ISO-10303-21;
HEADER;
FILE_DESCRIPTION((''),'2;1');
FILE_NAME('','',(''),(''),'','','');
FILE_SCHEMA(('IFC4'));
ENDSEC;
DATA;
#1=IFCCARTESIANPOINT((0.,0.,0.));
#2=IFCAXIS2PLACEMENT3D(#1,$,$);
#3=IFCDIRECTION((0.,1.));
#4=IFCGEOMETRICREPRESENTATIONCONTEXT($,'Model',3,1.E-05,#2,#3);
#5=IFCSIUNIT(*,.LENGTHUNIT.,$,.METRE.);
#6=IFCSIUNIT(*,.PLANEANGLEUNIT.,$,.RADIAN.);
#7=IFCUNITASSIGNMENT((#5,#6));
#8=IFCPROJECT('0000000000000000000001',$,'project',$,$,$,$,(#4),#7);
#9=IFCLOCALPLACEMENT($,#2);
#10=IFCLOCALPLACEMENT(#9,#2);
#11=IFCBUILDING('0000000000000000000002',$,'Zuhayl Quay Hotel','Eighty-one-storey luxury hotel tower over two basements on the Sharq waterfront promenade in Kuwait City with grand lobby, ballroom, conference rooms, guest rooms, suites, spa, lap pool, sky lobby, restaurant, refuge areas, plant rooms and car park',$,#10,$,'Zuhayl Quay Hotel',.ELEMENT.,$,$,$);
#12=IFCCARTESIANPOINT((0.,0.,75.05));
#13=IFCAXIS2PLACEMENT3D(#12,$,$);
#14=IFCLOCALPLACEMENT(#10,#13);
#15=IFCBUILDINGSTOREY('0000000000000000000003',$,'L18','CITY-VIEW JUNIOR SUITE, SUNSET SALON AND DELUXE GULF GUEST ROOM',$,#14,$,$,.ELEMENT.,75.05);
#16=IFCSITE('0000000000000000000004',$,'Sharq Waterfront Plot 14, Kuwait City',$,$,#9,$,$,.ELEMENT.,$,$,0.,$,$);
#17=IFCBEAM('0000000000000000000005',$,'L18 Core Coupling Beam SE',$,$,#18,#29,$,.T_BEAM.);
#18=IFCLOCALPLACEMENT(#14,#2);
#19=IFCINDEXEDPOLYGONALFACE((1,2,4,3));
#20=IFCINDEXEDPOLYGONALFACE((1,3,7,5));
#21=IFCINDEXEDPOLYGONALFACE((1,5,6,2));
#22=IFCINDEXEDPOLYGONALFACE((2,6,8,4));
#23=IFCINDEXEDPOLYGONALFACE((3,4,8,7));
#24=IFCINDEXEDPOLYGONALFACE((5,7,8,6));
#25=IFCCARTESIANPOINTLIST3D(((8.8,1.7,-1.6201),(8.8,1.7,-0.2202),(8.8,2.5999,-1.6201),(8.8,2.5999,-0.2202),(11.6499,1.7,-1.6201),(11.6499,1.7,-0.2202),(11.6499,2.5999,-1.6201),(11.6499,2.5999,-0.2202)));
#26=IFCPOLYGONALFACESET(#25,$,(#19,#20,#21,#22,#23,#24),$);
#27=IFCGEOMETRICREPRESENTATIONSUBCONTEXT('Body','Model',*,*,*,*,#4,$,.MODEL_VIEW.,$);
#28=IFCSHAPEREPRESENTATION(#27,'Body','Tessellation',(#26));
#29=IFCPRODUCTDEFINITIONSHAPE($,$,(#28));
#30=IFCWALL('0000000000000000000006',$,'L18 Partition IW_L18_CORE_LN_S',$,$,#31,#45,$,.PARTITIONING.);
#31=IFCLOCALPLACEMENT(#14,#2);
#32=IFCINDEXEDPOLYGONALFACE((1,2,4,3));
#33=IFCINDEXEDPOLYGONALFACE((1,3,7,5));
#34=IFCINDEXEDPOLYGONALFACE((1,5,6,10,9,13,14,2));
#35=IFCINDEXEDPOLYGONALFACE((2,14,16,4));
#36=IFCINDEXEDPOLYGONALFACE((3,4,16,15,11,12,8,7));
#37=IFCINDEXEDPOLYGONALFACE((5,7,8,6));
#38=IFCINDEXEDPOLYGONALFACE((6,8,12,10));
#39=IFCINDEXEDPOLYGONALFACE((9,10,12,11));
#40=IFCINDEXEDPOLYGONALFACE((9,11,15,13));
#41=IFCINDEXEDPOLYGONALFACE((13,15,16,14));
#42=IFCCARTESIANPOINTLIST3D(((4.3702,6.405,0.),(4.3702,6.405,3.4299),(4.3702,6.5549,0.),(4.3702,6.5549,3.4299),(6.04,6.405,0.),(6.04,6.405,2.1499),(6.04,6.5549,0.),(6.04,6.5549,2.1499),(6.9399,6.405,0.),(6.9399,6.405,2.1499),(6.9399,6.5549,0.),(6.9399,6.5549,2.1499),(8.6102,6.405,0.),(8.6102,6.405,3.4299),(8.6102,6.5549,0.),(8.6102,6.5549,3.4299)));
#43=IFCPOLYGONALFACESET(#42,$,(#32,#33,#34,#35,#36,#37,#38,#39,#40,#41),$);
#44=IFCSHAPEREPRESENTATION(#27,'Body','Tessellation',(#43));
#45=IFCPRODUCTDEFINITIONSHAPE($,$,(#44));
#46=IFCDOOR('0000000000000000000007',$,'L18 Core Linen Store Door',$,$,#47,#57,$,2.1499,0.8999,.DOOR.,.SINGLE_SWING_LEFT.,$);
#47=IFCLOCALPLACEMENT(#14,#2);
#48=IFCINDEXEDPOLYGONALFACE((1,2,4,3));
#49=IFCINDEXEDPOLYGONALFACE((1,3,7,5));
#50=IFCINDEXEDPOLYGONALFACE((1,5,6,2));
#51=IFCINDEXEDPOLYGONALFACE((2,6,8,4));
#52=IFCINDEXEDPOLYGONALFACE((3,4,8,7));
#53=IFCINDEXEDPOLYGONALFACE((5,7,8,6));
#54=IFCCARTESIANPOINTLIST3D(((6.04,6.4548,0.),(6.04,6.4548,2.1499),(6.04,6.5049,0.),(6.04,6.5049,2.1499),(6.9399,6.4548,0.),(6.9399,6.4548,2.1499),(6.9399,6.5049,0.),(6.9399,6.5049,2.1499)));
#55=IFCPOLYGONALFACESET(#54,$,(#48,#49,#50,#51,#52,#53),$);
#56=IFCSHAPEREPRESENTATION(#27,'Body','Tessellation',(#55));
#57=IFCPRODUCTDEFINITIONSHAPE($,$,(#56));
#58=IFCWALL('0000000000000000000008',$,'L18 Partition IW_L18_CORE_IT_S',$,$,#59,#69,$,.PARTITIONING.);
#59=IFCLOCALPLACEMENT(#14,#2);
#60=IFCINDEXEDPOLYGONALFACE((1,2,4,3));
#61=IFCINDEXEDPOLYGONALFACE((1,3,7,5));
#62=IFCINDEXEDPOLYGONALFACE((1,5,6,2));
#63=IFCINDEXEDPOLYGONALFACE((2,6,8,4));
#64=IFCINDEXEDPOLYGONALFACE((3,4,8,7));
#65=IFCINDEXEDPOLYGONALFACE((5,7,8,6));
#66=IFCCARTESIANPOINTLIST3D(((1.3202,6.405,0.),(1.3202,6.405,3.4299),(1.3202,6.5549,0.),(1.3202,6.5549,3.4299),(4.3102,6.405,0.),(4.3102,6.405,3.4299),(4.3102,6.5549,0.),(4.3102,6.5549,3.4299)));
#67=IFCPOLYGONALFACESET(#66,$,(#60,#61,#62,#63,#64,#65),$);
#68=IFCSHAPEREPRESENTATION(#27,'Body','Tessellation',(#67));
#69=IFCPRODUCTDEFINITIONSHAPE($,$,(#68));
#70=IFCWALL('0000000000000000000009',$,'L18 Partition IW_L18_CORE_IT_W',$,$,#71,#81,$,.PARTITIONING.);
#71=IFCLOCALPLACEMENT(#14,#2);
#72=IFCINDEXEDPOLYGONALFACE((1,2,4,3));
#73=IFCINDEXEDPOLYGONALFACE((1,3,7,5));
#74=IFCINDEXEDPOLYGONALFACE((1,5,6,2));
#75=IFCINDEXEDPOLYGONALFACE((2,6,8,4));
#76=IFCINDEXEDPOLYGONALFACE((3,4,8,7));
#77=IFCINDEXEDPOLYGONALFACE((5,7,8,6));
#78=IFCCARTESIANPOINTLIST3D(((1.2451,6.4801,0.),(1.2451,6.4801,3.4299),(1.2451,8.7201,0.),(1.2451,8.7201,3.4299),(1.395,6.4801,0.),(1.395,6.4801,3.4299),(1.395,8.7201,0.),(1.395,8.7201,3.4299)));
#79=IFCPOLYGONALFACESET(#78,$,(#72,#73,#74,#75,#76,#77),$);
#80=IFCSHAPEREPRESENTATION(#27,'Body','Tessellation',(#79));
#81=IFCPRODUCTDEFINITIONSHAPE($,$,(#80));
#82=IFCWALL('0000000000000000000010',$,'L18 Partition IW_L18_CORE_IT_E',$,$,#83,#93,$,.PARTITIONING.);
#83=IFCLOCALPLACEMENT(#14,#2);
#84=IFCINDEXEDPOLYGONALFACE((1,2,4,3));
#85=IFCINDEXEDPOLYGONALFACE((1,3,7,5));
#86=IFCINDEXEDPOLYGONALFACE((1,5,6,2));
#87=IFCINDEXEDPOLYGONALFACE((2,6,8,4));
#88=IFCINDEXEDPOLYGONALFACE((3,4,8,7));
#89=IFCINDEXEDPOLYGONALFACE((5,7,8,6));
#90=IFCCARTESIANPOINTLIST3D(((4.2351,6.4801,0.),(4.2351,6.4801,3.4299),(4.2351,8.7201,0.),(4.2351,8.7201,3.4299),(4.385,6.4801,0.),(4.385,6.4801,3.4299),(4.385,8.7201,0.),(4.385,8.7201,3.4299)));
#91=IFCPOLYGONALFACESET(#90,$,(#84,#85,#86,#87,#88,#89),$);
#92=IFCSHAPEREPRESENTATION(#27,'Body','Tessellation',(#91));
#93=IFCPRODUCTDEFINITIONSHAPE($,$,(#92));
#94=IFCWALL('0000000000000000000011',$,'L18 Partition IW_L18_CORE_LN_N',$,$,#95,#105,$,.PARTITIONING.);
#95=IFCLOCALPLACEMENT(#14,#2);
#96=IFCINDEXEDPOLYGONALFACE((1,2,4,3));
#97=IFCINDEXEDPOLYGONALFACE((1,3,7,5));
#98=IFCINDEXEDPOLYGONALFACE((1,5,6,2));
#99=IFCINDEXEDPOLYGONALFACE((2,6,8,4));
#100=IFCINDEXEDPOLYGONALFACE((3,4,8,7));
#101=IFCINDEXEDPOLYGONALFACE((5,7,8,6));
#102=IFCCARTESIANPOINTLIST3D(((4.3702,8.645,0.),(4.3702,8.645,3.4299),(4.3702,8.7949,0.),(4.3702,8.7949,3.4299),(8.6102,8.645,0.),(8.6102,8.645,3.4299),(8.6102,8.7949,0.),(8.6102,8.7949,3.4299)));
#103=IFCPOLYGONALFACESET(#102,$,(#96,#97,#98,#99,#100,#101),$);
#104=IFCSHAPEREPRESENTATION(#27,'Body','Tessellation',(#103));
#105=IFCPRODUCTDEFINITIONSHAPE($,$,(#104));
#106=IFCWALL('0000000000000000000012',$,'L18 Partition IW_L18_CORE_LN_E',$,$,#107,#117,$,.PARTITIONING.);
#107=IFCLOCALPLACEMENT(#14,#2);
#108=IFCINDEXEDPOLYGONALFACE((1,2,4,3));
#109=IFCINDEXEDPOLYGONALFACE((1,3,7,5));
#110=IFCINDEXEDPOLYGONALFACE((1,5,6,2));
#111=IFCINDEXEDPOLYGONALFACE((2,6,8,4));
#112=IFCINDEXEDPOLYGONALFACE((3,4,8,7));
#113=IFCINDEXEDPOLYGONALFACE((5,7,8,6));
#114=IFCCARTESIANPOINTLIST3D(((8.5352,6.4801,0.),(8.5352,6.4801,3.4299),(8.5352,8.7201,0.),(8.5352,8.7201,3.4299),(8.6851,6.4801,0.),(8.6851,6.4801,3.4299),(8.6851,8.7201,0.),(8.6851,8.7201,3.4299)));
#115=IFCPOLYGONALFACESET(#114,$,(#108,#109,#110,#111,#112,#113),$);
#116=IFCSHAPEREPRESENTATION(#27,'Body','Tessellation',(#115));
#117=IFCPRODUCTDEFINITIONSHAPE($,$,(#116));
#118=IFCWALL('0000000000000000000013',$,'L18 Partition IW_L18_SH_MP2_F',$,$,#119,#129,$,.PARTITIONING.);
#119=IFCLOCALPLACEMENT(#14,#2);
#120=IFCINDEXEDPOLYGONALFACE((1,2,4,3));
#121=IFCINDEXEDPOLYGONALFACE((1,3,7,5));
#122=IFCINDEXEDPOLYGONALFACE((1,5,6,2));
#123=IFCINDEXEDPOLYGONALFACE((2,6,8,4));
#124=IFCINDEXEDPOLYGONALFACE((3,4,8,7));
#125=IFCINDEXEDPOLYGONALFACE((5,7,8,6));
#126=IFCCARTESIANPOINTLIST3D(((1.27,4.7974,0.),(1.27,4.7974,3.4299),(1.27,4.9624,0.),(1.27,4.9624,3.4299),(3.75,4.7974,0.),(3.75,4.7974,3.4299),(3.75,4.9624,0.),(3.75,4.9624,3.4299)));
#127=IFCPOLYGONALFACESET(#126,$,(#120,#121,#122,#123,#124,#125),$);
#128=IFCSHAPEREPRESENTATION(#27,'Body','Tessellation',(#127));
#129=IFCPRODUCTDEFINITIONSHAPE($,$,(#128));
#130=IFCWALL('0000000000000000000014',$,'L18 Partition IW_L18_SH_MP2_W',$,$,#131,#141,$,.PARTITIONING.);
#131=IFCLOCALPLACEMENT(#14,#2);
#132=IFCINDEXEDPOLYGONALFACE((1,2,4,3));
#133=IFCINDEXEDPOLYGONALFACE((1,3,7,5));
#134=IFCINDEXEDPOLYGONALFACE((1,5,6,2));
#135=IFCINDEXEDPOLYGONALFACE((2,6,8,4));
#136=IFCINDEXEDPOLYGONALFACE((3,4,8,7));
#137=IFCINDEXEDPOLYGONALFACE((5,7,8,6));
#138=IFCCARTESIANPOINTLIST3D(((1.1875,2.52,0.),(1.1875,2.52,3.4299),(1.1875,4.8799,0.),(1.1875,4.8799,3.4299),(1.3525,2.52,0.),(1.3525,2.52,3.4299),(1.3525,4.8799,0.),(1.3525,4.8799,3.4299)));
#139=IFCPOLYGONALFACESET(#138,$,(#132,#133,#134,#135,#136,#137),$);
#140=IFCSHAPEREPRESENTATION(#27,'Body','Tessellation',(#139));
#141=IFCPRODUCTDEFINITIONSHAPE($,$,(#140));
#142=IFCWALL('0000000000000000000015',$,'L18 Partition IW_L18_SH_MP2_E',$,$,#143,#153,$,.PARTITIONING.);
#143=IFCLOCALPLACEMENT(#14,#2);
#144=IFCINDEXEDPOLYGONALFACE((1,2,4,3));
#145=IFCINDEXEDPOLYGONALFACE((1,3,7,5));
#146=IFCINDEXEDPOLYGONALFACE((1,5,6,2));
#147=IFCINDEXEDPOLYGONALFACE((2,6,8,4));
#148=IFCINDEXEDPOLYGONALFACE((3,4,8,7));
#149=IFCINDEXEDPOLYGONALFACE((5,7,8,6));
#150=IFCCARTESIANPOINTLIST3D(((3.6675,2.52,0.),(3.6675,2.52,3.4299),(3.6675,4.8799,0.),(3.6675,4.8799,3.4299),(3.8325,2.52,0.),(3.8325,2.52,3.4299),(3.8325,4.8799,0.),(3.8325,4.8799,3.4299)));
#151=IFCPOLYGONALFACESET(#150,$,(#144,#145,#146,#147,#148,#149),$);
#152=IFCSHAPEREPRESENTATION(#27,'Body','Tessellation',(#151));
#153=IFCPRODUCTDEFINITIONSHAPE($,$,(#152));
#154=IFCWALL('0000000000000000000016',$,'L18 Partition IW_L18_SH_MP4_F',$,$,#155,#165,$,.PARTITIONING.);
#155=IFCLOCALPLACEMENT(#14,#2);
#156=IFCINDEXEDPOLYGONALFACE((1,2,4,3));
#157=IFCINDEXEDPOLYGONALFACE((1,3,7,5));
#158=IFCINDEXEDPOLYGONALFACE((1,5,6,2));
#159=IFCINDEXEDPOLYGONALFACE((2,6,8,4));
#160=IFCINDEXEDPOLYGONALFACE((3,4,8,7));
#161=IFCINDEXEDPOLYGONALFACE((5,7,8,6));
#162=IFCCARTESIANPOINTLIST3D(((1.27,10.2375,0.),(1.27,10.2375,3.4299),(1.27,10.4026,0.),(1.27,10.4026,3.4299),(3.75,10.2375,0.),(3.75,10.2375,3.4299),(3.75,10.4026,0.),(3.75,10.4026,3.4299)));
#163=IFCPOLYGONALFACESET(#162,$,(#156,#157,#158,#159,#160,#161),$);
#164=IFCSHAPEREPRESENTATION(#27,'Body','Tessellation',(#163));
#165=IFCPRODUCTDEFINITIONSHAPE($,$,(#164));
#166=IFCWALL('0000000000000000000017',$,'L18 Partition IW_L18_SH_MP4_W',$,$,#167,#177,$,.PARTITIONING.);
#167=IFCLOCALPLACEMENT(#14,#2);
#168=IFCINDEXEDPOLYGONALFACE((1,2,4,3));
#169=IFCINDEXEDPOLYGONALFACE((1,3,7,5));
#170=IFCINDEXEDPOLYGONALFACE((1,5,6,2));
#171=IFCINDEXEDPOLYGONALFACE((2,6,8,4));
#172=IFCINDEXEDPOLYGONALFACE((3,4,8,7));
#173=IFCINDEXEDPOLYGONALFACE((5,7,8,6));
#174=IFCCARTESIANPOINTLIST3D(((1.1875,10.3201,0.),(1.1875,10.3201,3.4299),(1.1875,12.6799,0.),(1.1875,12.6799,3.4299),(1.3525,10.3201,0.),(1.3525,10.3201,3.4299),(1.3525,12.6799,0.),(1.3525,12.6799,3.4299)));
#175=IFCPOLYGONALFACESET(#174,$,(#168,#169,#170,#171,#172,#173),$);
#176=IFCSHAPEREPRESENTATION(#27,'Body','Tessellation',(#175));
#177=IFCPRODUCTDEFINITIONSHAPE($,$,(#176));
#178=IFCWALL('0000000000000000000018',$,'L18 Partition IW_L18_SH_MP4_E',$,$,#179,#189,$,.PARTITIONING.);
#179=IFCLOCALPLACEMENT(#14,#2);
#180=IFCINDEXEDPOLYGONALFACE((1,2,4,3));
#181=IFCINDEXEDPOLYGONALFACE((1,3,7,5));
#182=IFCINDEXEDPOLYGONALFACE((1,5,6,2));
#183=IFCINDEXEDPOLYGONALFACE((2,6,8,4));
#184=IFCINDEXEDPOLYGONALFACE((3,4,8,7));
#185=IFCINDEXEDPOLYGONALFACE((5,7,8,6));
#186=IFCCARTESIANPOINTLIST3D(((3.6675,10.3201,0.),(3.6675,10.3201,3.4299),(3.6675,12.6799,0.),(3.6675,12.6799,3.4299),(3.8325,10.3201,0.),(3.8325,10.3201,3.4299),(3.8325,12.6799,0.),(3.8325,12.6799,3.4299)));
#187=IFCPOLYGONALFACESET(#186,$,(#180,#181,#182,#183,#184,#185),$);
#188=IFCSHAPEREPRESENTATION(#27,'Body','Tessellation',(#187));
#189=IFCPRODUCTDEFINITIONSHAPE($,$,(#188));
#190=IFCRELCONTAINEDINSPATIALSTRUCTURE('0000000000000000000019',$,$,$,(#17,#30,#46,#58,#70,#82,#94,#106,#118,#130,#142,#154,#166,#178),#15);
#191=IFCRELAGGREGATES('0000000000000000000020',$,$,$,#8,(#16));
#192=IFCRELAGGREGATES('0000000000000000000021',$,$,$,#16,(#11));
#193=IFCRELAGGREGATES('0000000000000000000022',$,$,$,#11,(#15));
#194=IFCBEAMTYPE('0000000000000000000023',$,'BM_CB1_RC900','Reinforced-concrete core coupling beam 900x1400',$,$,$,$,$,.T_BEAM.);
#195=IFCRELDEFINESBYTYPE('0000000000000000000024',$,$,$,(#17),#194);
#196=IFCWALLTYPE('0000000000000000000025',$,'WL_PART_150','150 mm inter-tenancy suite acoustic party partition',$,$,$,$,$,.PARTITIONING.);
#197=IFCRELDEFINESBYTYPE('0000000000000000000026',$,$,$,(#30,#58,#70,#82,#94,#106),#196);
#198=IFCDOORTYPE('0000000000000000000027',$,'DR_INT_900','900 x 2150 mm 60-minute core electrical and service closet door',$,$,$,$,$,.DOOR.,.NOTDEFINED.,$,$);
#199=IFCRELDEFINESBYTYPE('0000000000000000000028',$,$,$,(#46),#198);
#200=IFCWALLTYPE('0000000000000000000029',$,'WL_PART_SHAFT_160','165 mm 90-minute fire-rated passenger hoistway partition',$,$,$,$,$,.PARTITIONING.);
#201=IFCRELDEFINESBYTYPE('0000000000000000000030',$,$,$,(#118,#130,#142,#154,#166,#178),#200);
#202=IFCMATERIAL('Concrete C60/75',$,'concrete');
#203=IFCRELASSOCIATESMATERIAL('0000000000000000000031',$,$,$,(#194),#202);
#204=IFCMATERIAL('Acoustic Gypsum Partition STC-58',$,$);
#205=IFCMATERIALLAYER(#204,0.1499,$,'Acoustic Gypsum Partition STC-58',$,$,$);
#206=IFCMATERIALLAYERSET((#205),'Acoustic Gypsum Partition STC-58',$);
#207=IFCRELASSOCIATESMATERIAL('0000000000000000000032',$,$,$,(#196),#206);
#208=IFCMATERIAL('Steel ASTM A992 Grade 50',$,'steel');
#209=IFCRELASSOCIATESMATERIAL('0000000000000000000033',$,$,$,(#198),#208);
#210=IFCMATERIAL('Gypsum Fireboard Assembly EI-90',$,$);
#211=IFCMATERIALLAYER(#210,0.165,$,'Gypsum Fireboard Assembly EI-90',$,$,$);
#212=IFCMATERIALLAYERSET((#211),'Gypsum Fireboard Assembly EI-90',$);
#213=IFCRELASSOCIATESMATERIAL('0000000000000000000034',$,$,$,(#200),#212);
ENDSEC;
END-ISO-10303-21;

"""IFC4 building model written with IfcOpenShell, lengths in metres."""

from ifc_helpers import new_model, si_unit, direction, frame, frame_2d, origin, origin_2d, place, context, subcontext, project, spatial, rectangle, extrude, material, layer, layer_set, material_profile, profile_set, type_object, element, fill, save


model = new_model("IFC4")

# Units and contexts
model_context = context("Model", 3, precision=1e-05, world=origin(), true_north=direction((0.0, 1.0)))
body_context = subcontext(model_context, "Body", "Model", "MODEL_VIEW")
ifc_project = project(units=[si_unit("LENGTHUNIT", "METRE"), si_unit("PLANEANGLEUNIT", "RADIAN")], contexts=[model_context])

# Site, building, storey
site_placement = place(None, origin())
site = spatial("IfcSite", under=ifc_project, at=site_placement, Name="Sharq Waterfront Plot 14, Kuwait City", CompositionType="ELEMENT", RefElevation=0.0)
building_placement = place(site_placement, origin())
building = spatial("IfcBuilding", under=site, at=building_placement, Name="Zuhayl Quay Hotel", Description="Eighty-one-storey luxury hotel tower over two basements on the Sharq waterfront promenade in Kuwait City with grand lobby, ballroom, conference rooms, guest rooms, suites, spa, lap pool, sky lobby, restaurant, refuge areas, plant rooms and car park", LongName="Zuhayl Quay Hotel", CompositionType="ELEMENT")
storey_placement = place(building_placement, frame((0.0, 0.0, 75.05)))
storey = spatial("IfcBuildingStorey", under=building, at=storey_placement, Name="L18", Description="CITY-VIEW JUNIOR SUITE, SUNSET SALON AND DELUXE GULF GUEST ROOM", CompositionType="ELEMENT", Elevation=75.05)

# Beam
ifc_material_1 = material(Name="Concrete C60/75", Category="concrete")
ifc_material_profile = material_profile(ifc_material_1, rectangle(XDim=0.8999, YDim=1.3999, at=origin_2d()), Name="RC900X1400")
ifc_profile_set = profile_set([ifc_material_profile], Name="Concrete C60/75")
beam_type = type_object("IfcBeamType", Name="BM_CB1_RC900", Description="Reinforced-concrete core coupling beam 900x1400", PredefinedType="T_BEAM", material=ifc_profile_set)
beam_placement = place(storey_placement, frame((8.8, 2.1499, -0.9202), z_axis=(1.0, 0.0, 0.0), x_axis=(0.0, 1.0, 0.0)))
element("IfcBeam", 1, at=beam_placement, inside=storey, type_object=beam_type, Name="L18 Core Coupling Beam SE", PredefinedType="T_BEAM", context=body_context, shape_type="SweptSolid", body=[
    extrude(rectangle(XDim=0.8999, YDim=1.3999, at=origin_2d()), origin(), (0.0, 0.0, 1.0), 2.8499),
])

# Wall, opening, door
ifc_material_2 = material(Name="Acoustic Gypsum Partition STC-58")
ifc_layer_1 = layer(ifc_material_2, 0.1499, Name="Acoustic Gypsum Partition STC-58")
ifc_layer_set_1 = layer_set([ifc_layer_1], Name="Acoustic Gypsum Partition STC-58")
wall_type_1 = type_object("IfcWallType", Name="WL_PART_150", Description="150 mm inter-tenancy suite acoustic party partition", PredefinedType="PARTITIONING", material=ifc_layer_set_1)
ifc_material_3 = material(Name="Steel ASTM A992 Grade 50", Category="steel")
door_type = type_object("IfcDoorType", Name="DR_INT_900", Description="900 x 2150 mm 60-minute core electrical and service closet door", OperationType="NOTDEFINED", PredefinedType="DOOR", material=ifc_material_3)
wall_1_placement = place(storey_placement, frame((4.3701, 6.48, 0.0), z_axis=(0.0, 0.0, 1.0), x_axis=(1.0, 0.0, 0.0)))
wall_1 = element("IfcWall", 2, at=wall_1_placement, inside=storey, type_object=wall_type_1, Name="L18 Partition IW_L18_CORE_LN_S", PredefinedType="PARTITIONING", context=body_context, shape_type="SweptSolid", body=[
    extrude(rectangle(XDim=4.24, YDim=0.1499, at=frame_2d((2.1201, 0.0))), origin(), (0.0, 0.0, 1.0), 3.4299),
])
opening_1_placement = place(wall_1_placement, frame((1.6699, 0.0, 0.0)))
opening_1 = element("IfcOpeningElement", 3, at=opening_1_placement, cuts=wall_1, PredefinedType="OPENING", context=body_context, shape_type="SweptSolid", body=[
    extrude(rectangle(XDim=0.8999, YDim=2.1499, at=frame_2d((0.45, 1.075))), frame((0.0, 0.085, 0.0), z_axis=(0.0, -1.0, 0.0), x_axis=(1.0, 0.0, 0.0)), (0.0, 0.0, 1.0), 0.1699),
])
door_1_placement = place(opening_1_placement, origin())
door_1 = element("IfcDoor", 4, at=door_1_placement, inside=storey, type_object=door_type, Name="L18 Core Linen Store Door", OperationType="SINGLE_SWING_LEFT", OverallHeight=2.1499, OverallWidth=0.8999, PredefinedType="DOOR", context=body_context, shape_type="SweptSolid", body=[
    extrude(rectangle(XDim=0.8999, YDim=2.1499, at=frame_2d((0.45, 1.075))), frame((0.0, 0.0249, 0.0), z_axis=(0.0, -1.0, 0.0), x_axis=(1.0, 0.0, 0.0)), (0.0, 0.0, 1.0), 0.05),
])
fill(opening_1, door_1)

# Walls
wall_2_placement = place(storey_placement, frame((1.3201, 6.48, 0.0), z_axis=(0.0, 0.0, 1.0), x_axis=(1.0, 0.0, 0.0)))
element("IfcWall", 5, at=wall_2_placement, inside=storey, type_object=wall_type_1, Name="L18 Partition IW_L18_CORE_IT_S", PredefinedType="PARTITIONING", context=body_context, shape_type="SweptSolid", body=[
    extrude(rectangle(XDim=2.99, YDim=0.1499, at=frame_2d((1.4951, 0.0))), origin(), (0.0, 0.0, 1.0), 3.4299),
])
for number, where, z_axis, x_axis, name in (
    (6, (1.3201, 6.48, 0.0), (0.0, 0.0, 1.0), (0.0, 1.0, 0.0), "L18 Partition IW_L18_CORE_IT_W"),
    (7, (4.3101, 6.48, 0.0), (0.0, 0.0, 1.0), (0.0, 1.0, 0.0), "L18 Partition IW_L18_CORE_IT_E"),
):
    element("IfcWall", number, at=place(storey_placement, frame(where, z_axis=z_axis, x_axis=x_axis)), inside=storey, type_object=wall_type_1, Name=name, PredefinedType="PARTITIONING", context=body_context, shape_type="SweptSolid", body=[
        extrude(rectangle(XDim=2.24, YDim=0.1499, at=frame_2d((1.1201, 0.0))), origin(), (0.0, 0.0, 1.0), 3.4299),
    ])
wall_3_placement = place(storey_placement, frame((4.3701, 8.72, 0.0), z_axis=(0.0, 0.0, 1.0), x_axis=(1.0, 0.0, 0.0)))
element("IfcWall", 8, at=wall_3_placement, inside=storey, type_object=wall_type_1, Name="L18 Partition IW_L18_CORE_LN_N", PredefinedType="PARTITIONING", context=body_context, shape_type="SweptSolid", body=[
    extrude(rectangle(XDim=4.24, YDim=0.1499, at=frame_2d((2.1201, 0.0))), origin(), (0.0, 0.0, 1.0), 3.4299),
])
wall_4_placement = place(storey_placement, frame((8.6101, 6.48, 0.0), z_axis=(0.0, 0.0, 1.0), x_axis=(0.0, 1.0, 0.0)))
element("IfcWall", 9, at=wall_4_placement, inside=storey, type_object=wall_type_1, Name="L18 Partition IW_L18_CORE_LN_E", PredefinedType="PARTITIONING", context=body_context, shape_type="SweptSolid", body=[
    extrude(rectangle(XDim=2.24, YDim=0.1499, at=frame_2d((1.1201, 0.0))), origin(), (0.0, 0.0, 1.0), 3.4299),
])
ifc_material_4 = material(Name="Gypsum Fireboard Assembly EI-90")
ifc_layer_2 = layer(ifc_material_4, 0.165, Name="Gypsum Fireboard Assembly EI-90")
ifc_layer_set_2 = layer_set([ifc_layer_2], Name="Gypsum Fireboard Assembly EI-90")
wall_type_2 = type_object("IfcWallType", Name="WL_PART_SHAFT_160", Description="165 mm 90-minute fire-rated passenger hoistway partition", PredefinedType="PARTITIONING", material=ifc_layer_set_2)
wall_5_placement = place(storey_placement, frame((1.27, 4.8799, 0.0), z_axis=(0.0, 0.0, 1.0), x_axis=(1.0, 0.0, 0.0)))
element("IfcWall", 10, at=wall_5_placement, inside=storey, type_object=wall_type_2, Name="L18 Partition IW_L18_SH_MP2_F", PredefinedType="PARTITIONING", context=body_context, shape_type="SweptSolid", body=[
    extrude(rectangle(XDim=2.48, YDim=0.165, at=frame_2d((1.24, 0.0))), origin(), (0.0, 0.0, 1.0), 3.4299),
])
for number, where, z_axis, x_axis, name in (
    (11, (1.27, 2.52, 0.0), (0.0, 0.0, 1.0), (0.0, 1.0, 0.0), "L18 Partition IW_L18_SH_MP2_W"),
    (12, (3.75, 2.52, 0.0), (0.0, 0.0, 1.0), (0.0, 1.0, 0.0), "L18 Partition IW_L18_SH_MP2_E"),
):
    element("IfcWall", number, at=place(storey_placement, frame(where, z_axis=z_axis, x_axis=x_axis)), inside=storey, type_object=wall_type_2, Name=name, PredefinedType="PARTITIONING", context=body_context, shape_type="SweptSolid", body=[
        extrude(rectangle(XDim=2.3599, YDim=0.165, at=frame_2d((1.1799, 0.0))), origin(), (0.0, 0.0, 1.0), 3.4299),
    ])
wall_6_placement = place(storey_placement, frame((1.27, 10.3201, 0.0), z_axis=(0.0, 0.0, 1.0), x_axis=(1.0, 0.0, 0.0)))
element("IfcWall", 13, at=wall_6_placement, inside=storey, type_object=wall_type_2, Name="L18 Partition IW_L18_SH_MP4_F", PredefinedType="PARTITIONING", context=body_context, shape_type="SweptSolid", body=[
    extrude(rectangle(XDim=2.48, YDim=0.165, at=frame_2d((1.24, 0.0))), origin(), (0.0, 0.0, 1.0), 3.4299),
])
for number, where, z_axis, x_axis, name in (
    (14, (1.27, 10.3201, 0.0), (0.0, 0.0, 1.0), (0.0, 1.0, 0.0), "L18 Partition IW_L18_SH_MP4_W"),
    (15, (3.75, 10.3201, 0.0), (0.0, 0.0, 1.0), (0.0, 1.0, 0.0), "L18 Partition IW_L18_SH_MP4_E"),
):
    element("IfcWall", number, at=place(storey_placement, frame(where, z_axis=z_axis, x_axis=x_axis)), inside=storey, type_object=wall_type_2, Name=name, PredefinedType="PARTITIONING", context=body_context, shape_type="SweptSolid", body=[
        extrude(rectangle(XDim=2.3599, YDim=0.165, at=frame_2d((1.1799, 0.0))), origin(), (0.0, 0.0, 1.0), 3.4299),
    ])

save(model, "model.ifc")
